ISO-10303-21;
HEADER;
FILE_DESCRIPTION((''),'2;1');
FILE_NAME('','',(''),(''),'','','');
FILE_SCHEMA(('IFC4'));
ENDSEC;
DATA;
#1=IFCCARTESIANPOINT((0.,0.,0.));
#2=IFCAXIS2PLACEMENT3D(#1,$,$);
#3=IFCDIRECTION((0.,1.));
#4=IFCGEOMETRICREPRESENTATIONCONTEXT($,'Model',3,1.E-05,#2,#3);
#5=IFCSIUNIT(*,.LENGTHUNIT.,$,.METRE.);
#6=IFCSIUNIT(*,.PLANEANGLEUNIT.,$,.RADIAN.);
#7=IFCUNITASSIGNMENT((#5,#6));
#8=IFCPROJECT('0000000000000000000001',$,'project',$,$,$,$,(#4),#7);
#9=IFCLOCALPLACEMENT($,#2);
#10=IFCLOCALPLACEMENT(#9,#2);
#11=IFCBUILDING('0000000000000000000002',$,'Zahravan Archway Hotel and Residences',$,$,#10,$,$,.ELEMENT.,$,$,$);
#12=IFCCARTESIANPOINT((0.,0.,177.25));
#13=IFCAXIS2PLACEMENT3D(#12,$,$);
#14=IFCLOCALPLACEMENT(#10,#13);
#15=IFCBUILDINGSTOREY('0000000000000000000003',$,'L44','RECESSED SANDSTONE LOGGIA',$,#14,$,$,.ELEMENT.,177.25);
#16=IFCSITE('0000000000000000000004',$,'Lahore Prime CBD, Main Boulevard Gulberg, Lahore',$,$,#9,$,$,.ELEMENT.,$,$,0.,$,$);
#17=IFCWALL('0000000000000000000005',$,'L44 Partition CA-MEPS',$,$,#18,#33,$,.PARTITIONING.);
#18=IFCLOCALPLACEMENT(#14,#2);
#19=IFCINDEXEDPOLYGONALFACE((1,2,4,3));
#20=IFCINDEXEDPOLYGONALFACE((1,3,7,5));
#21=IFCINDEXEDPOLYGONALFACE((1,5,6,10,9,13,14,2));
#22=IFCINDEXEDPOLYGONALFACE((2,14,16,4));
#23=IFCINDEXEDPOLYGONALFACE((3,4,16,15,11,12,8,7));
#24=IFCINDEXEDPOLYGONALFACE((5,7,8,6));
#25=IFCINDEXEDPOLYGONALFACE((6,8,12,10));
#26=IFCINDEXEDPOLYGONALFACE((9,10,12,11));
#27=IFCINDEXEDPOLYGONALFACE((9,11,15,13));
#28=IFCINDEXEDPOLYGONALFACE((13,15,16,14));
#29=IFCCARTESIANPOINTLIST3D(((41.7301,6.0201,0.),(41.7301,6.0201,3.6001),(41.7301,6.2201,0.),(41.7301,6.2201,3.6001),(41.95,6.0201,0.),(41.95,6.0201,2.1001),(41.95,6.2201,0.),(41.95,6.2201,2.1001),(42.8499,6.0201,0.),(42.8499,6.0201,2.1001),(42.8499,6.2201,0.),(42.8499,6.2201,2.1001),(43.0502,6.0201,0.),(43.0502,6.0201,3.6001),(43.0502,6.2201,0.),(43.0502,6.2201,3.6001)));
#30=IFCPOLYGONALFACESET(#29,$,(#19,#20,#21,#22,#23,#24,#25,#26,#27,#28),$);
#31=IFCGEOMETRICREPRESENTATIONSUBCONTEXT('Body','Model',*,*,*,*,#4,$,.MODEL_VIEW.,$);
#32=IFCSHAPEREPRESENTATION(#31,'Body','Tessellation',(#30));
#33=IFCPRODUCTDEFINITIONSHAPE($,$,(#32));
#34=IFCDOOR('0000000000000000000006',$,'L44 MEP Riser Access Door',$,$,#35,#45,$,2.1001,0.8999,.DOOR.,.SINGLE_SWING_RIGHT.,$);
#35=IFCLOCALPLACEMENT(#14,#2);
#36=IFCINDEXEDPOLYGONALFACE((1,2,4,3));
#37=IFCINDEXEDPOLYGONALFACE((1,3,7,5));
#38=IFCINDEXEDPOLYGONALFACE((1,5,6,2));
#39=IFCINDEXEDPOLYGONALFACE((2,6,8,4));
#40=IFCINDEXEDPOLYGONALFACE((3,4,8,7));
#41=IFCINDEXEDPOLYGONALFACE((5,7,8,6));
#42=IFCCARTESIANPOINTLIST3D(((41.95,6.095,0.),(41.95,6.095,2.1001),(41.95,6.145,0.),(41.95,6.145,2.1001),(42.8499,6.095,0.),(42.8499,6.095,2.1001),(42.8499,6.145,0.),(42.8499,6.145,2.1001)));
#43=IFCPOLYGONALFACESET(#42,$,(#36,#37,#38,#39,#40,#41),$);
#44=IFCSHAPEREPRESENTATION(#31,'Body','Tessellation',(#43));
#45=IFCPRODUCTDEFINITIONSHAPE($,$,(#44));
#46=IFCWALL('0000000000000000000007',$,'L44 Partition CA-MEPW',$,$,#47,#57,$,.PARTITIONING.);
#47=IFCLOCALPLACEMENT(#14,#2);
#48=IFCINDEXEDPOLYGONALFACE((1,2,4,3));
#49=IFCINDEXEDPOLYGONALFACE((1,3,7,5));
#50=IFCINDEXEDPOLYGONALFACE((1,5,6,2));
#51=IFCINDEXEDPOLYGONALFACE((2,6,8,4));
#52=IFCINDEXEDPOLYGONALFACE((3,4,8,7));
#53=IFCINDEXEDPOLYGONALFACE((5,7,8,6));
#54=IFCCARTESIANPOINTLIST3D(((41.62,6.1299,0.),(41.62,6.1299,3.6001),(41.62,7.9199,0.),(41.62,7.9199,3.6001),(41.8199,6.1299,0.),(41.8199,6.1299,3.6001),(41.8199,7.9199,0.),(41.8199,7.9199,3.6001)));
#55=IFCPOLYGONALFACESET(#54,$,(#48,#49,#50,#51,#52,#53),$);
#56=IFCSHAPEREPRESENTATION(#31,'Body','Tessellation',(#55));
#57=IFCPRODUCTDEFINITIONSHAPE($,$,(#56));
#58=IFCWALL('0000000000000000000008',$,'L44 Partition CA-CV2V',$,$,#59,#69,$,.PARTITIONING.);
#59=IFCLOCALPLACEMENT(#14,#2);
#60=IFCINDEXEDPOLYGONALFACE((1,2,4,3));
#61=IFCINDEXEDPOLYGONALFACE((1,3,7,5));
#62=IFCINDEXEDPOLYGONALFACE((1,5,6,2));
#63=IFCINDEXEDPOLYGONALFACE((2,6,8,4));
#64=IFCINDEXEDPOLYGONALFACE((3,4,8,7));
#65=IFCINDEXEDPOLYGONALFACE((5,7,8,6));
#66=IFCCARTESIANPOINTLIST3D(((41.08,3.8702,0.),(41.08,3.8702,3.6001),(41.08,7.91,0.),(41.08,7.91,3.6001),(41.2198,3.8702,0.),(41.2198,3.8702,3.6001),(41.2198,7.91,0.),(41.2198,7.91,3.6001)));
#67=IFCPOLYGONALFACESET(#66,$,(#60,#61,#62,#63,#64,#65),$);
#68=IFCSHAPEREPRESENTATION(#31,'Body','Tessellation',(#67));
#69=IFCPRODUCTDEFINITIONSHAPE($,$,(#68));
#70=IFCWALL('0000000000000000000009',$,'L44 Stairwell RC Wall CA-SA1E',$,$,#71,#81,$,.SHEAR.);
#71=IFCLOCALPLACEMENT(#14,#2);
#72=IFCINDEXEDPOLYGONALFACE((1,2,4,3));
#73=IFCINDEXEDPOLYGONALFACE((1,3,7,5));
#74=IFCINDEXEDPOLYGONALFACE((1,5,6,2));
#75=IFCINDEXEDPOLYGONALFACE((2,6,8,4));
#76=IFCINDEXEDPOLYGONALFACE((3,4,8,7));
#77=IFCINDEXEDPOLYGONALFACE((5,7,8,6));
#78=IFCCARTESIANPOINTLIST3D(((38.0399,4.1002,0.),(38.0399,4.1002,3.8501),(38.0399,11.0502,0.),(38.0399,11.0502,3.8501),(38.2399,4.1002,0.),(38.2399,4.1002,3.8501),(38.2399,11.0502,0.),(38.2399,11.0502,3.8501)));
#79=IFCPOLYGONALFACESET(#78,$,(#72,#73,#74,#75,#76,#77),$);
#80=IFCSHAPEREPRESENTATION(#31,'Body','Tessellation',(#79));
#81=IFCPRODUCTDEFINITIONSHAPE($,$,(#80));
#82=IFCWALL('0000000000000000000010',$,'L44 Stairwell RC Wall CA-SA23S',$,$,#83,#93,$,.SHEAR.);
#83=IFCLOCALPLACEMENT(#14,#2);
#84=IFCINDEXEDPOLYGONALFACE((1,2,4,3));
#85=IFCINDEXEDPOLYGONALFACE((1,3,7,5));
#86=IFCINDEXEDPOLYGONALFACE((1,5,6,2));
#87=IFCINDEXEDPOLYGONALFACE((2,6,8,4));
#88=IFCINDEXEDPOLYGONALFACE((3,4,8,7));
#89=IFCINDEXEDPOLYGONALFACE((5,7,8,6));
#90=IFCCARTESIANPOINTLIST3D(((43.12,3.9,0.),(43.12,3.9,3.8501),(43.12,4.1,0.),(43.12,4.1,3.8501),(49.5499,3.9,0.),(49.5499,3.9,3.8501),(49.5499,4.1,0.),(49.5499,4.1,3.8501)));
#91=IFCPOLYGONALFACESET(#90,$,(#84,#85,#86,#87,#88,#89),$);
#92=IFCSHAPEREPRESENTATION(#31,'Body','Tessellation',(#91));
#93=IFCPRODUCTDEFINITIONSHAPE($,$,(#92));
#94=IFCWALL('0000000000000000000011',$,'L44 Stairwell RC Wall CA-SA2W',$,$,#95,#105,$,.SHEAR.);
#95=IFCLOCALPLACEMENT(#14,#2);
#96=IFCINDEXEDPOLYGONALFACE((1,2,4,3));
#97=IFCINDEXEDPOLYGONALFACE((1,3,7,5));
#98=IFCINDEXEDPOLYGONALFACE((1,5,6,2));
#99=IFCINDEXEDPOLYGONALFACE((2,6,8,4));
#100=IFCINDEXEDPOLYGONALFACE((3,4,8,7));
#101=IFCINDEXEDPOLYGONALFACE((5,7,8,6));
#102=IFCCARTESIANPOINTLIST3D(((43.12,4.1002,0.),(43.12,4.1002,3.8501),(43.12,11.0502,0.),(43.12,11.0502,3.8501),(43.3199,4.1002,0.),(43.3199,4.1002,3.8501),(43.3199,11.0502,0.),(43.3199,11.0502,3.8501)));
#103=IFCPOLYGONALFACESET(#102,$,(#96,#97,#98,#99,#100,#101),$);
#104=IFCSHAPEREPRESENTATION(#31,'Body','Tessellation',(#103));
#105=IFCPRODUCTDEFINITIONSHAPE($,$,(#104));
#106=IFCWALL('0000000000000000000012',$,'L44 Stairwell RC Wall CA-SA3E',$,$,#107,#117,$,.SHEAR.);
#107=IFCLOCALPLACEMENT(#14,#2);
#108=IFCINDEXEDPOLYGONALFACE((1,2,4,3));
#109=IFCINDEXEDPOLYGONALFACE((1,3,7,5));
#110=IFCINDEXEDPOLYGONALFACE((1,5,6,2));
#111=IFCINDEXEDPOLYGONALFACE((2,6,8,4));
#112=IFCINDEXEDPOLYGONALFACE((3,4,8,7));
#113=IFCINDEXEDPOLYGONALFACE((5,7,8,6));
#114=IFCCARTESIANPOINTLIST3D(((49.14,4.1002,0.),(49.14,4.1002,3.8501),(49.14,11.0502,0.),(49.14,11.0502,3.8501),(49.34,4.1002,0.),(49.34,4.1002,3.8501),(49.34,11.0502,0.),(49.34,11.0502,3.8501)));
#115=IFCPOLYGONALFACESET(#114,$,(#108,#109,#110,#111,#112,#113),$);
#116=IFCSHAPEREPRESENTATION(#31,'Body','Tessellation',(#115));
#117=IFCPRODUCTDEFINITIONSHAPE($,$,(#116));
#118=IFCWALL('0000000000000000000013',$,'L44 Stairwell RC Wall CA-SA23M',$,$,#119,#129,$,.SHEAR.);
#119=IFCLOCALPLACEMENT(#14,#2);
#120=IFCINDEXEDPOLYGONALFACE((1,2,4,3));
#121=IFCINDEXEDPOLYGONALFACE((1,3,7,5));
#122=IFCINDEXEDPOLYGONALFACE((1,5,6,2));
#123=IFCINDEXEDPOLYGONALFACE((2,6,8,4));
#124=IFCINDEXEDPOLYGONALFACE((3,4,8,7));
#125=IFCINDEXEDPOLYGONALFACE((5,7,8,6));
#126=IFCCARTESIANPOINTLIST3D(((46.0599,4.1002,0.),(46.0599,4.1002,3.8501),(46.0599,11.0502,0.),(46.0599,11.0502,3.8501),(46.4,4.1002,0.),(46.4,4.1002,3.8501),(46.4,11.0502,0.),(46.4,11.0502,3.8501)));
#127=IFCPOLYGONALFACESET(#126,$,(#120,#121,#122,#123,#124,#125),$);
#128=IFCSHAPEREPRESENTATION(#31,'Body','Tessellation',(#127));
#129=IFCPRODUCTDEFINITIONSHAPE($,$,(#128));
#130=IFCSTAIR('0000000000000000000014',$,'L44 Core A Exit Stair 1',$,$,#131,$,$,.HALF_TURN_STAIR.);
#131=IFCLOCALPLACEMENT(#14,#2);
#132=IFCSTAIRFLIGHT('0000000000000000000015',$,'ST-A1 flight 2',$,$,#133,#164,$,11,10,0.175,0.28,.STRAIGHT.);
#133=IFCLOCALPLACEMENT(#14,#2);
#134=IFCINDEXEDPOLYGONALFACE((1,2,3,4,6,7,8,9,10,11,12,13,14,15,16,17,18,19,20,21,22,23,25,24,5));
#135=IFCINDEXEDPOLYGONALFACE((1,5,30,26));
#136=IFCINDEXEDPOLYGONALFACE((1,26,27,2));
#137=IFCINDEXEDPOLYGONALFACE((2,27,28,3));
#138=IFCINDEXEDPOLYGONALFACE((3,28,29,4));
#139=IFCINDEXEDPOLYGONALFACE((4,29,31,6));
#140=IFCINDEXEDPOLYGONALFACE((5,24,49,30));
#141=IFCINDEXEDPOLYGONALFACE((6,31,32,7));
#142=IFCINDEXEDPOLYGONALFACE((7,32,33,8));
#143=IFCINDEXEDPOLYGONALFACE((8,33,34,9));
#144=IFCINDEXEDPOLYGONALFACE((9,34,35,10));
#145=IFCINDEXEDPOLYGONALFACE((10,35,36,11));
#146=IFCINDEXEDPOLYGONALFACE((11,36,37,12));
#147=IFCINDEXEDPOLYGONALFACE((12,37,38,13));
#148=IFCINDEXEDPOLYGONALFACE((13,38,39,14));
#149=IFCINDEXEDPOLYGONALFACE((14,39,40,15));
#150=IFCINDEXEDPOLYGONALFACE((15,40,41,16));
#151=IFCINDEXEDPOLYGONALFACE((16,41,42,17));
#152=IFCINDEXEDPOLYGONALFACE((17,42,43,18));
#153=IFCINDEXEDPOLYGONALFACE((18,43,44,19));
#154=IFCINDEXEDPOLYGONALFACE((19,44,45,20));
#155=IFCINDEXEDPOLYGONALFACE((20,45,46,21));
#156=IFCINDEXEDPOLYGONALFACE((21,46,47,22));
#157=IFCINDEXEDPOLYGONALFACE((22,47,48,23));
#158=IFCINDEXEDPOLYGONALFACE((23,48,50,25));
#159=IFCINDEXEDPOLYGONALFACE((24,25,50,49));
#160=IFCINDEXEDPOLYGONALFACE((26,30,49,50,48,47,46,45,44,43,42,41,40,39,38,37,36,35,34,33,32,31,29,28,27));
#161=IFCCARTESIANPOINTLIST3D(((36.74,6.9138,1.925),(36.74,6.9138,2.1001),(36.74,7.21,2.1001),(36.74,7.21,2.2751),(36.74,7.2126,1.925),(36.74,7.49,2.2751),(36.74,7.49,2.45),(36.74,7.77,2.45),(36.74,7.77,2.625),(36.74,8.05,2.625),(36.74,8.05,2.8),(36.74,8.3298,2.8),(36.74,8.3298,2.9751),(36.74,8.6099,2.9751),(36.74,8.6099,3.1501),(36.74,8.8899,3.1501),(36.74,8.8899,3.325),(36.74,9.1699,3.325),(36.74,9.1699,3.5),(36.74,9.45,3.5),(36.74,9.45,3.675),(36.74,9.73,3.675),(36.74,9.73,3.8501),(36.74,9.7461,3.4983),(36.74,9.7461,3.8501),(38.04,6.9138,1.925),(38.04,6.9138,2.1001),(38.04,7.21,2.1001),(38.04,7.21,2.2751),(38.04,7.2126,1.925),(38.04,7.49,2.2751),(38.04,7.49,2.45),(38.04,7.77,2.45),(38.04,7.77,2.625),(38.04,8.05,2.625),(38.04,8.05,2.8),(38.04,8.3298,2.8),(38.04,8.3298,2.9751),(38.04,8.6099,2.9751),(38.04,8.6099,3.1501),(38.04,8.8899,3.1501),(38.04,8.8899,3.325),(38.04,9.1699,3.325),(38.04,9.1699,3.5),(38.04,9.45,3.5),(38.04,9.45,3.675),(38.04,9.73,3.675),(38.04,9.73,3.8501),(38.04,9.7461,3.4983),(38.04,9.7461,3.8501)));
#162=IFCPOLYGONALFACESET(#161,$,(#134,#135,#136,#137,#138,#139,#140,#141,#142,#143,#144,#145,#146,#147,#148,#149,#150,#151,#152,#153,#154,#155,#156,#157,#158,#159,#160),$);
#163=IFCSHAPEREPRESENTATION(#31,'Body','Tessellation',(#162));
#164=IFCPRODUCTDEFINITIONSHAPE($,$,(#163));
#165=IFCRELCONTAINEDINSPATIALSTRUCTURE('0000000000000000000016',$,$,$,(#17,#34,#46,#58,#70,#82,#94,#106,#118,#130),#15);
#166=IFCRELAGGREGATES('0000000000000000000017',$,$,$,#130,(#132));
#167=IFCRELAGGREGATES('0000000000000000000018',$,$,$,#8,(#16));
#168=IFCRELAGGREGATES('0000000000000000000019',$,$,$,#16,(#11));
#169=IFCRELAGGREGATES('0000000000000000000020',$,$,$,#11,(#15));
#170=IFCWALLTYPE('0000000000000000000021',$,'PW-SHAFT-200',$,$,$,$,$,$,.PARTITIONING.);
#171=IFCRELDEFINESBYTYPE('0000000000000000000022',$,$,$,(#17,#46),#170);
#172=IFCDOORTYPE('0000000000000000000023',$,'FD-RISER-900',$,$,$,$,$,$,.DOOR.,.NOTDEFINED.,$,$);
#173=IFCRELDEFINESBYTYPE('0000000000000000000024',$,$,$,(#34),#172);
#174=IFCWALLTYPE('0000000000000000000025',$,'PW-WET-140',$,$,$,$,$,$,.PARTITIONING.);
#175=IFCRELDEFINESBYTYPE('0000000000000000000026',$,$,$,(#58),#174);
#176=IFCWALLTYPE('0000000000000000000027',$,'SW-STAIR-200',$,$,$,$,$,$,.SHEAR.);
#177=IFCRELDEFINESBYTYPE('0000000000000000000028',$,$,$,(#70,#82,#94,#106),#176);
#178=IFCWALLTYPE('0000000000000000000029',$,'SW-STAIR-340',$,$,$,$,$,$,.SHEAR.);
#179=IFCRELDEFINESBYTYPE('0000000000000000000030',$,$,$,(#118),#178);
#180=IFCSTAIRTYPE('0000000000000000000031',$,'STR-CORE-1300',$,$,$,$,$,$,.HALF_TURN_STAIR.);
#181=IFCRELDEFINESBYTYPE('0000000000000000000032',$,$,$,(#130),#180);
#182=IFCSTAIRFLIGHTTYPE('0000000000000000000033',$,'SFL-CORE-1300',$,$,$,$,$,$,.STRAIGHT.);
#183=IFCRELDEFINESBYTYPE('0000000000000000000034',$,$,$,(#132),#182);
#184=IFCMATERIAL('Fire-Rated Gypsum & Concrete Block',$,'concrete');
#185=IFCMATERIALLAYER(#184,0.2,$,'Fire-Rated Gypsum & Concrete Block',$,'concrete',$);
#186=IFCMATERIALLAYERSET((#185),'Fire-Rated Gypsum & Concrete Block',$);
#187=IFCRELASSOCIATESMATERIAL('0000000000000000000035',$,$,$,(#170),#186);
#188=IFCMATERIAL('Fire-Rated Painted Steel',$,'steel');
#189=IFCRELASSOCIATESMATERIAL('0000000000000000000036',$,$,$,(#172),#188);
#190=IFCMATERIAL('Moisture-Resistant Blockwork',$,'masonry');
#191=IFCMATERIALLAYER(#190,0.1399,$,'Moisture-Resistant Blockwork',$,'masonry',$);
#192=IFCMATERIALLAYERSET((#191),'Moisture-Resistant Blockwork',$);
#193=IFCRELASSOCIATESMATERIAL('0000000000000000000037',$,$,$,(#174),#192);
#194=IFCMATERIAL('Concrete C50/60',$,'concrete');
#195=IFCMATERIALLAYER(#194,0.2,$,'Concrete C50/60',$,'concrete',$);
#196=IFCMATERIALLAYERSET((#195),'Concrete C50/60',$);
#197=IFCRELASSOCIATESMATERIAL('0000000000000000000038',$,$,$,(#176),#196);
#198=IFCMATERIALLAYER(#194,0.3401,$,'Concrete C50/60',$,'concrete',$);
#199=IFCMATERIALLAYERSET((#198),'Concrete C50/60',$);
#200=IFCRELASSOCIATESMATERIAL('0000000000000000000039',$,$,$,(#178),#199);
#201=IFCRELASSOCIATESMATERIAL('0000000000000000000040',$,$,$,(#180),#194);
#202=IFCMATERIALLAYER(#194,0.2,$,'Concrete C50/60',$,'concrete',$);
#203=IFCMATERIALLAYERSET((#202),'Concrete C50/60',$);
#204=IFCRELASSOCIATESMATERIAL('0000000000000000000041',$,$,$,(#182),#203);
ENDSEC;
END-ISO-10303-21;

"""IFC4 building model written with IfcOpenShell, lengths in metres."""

from ifc_helpers import new_model, si_unit, direction, frame, frame_2d, origin, place, context, subcontext, project, spatial, polyline, rectangle, outline, extrude, source, transform, mapped, material, layer, layer_set, type_object, type_shapes, element, fill, aggregate, save


model = new_model("IFC4")

# Units and contexts
model_context = context("Model", 3, precision=1e-05, world=origin(), true_north=direction((0.0, 1.0)))
body_context = subcontext(model_context, "Body", "Model", "MODEL_VIEW")
ifc_project = project(units=[si_unit("LENGTHUNIT", "METRE"), si_unit("PLANEANGLEUNIT", "RADIAN")], contexts=[model_context])

# Site, building, storey
site_placement = place(None, origin())
site = spatial("IfcSite", under=ifc_project, at=site_placement, Name="Lahore Prime CBD, Main Boulevard Gulberg, Lahore", CompositionType="ELEMENT", RefElevation=0.0)
building_placement = place(site_placement, origin())
building = spatial("IfcBuilding", under=site, at=building_placement, Name="Zahravan Archway Hotel and Residences", CompositionType="ELEMENT")
storey_placement = place(building_placement, frame((0.0, 0.0, 177.25)))
storey = spatial("IfcBuildingStorey", under=building, at=storey_placement, Name="L44", Description="RECESSED SANDSTONE LOGGIA", CompositionType="ELEMENT", Elevation=177.25)

# Shared definitions
ifc_material_1 = material(Name="Fire-Rated Gypsum & Concrete Block", Category="concrete")
ifc_layer_1 = layer(ifc_material_1, 0.2, Name="Fire-Rated Gypsum & Concrete Block", Category="concrete")
ifc_layer_set_1 = layer_set([ifc_layer_1], Name="Fire-Rated Gypsum & Concrete Block")
wall_type_1 = type_object("IfcWallType", Name="PW-SHAFT-200", PredefinedType="PARTITIONING", material=ifc_layer_set_1)
ifc_material_2 = material(Name="Fire-Rated Painted Steel", Category="steel")
door_type = type_object("IfcDoorType", Name="FD-RISER-900", OperationType="NOTDEFINED", PredefinedType="DOOR", material=ifc_material_2)
shared_shape_1 = source(origin(), body_context, "Body", "SweptSolid", [
    extrude(rectangle(XDim=0.8999, YDim=2.1001, at=frame_2d((0.45, 1.05))), frame((0.0, 0.0249, 0.0), z_axis=(0.0, -1.0, 0.0), x_axis=(1.0, 0.0, 0.0)), (0.0, 0.0, 1.0), 0.05),
])
type_shapes(door_type, [shared_shape_1])

# Wall, opening, door
wall_1_placement = place(storey_placement, frame((41.73, 6.1201, 0.0), z_axis=(0.0, 0.0, 1.0), x_axis=(1.0, 0.0, 0.0)))
wall_1 = element("IfcWall", 1, at=wall_1_placement, inside=storey, type_object=wall_type_1, Name="L44 Partition CA-MEPS", PredefinedType="PARTITIONING", context=body_context, shape_type="SweptSolid", body=[
    extrude(rectangle(XDim=1.3201, YDim=0.2, at=frame_2d((0.6602, 0.0))), origin(), (0.0, 0.0, 1.0), 3.6001),
])
opening_1_placement = place(wall_1_placement, frame((0.22, 0.0, 0.0)))
opening_1 = element("IfcOpeningElement", 2, at=opening_1_placement, cuts=wall_1, PredefinedType="OPENING", context=body_context, shape_type="SweptSolid", body=[
    extrude(rectangle(XDim=0.8999, YDim=2.1001, at=frame_2d((0.45, 1.05))), frame((0.0, 0.1099, 0.0), z_axis=(0.0, -1.0, 0.0), x_axis=(1.0, 0.0, 0.0)), (0.0, 0.0, 1.0), 0.22),
])
door_1_placement = place(opening_1_placement, origin())
door_1 = element("IfcDoor", 3, at=door_1_placement, inside=storey, type_object=door_type, Name="L44 MEP Riser Access Door", OperationType="SINGLE_SWING_RIGHT", OverallHeight=2.1001, OverallWidth=0.8999, PredefinedType="DOOR", context=body_context, shape_type="MappedRepresentation", body=[
    mapped(shared_shape_1, transform((0.0, 0.0, 0.0), scale=1.0)),
])
fill(opening_1, door_1)

# Walls
wall_2_placement = place(storey_placement, frame((41.72, 6.1299, 0.0), z_axis=(0.0, 0.0, 1.0), x_axis=(0.0, 1.0, 0.0)))
element("IfcWall", 4, at=wall_2_placement, inside=storey, type_object=wall_type_1, Name="L44 Partition CA-MEPW", PredefinedType="PARTITIONING", context=body_context, shape_type="SweptSolid", body=[
    extrude(rectangle(XDim=1.79, YDim=0.2, at=frame_2d((0.895, 0.0))), origin(), (0.0, 0.0, 1.0), 3.6001),
])
ifc_material_3 = material(Name="Moisture-Resistant Blockwork", Category="masonry")
ifc_layer_2 = layer(ifc_material_3, 0.1399, Name="Moisture-Resistant Blockwork", Category="masonry")
ifc_layer_set_2 = layer_set([ifc_layer_2], Name="Moisture-Resistant Blockwork")
wall_type_2 = type_object("IfcWallType", Name="PW-WET-140", PredefinedType="PARTITIONING", material=ifc_layer_set_2)
wall_3_placement = place(storey_placement, frame((41.1499, 3.8701, 0.0), z_axis=(0.0, 0.0, 1.0), x_axis=(0.0, 1.0, 0.0)))
element("IfcWall", 5, at=wall_3_placement, inside=storey, type_object=wall_type_2, Name="L44 Partition CA-CV2V", PredefinedType="PARTITIONING", context=body_context, shape_type="SweptSolid", body=[
    extrude(rectangle(XDim=4.0398, YDim=0.1399, at=frame_2d((2.02, 0.0))), origin(), (0.0, 0.0, 1.0), 3.6001),
])
ifc_material_4 = material(Name="Concrete C50/60", Category="concrete")
ifc_layer_3 = layer(ifc_material_4, 0.2, Name="Concrete C50/60", Category="concrete")
ifc_layer_set_3 = layer_set([ifc_layer_3], Name="Concrete C50/60")
wall_type_3 = type_object("IfcWallType", Name="SW-STAIR-200", PredefinedType="SHEAR", material=ifc_layer_set_3)
wall_4_placement = place(storey_placement, frame((38.1399, 4.1001, 0.0), z_axis=(0.0, 0.0, 1.0), x_axis=(0.0, 1.0, 0.0)))
element("IfcWall", 6, at=wall_4_placement, inside=storey, type_object=wall_type_3, Name="L44 Stairwell RC Wall CA-SA1E", PredefinedType="SHEAR", context=body_context, shape_type="SweptSolid", body=[
    extrude(rectangle(XDim=6.95, YDim=0.2, at=frame_2d((3.4751, 0.0))), origin(), (0.0, 0.0, 1.0), 3.8501),
])
wall_5_placement = place(storey_placement, frame((43.1201, 4.0, 0.0), z_axis=(0.0, 0.0, 1.0), x_axis=(1.0, 0.0, 0.0)))
element("IfcWall", 7, at=wall_5_placement, inside=storey, type_object=wall_type_3, Name="L44 Stairwell RC Wall CA-SA23S", PredefinedType="SHEAR", context=body_context, shape_type="SweptSolid", body=[
    extrude(rectangle(XDim=6.4299, YDim=0.2, at=frame_2d((3.2148, 0.0))), origin(), (0.0, 0.0, 1.0), 3.8501),
])
for number, where, z_axis, x_axis, name in (
    (8, (43.22, 4.1001, 0.0), (0.0, 0.0, 1.0), (0.0, 1.0, 0.0), "L44 Stairwell RC Wall CA-SA2W"),
    (9, (49.24, 4.1001, 0.0), (0.0, 0.0, 1.0), (0.0, 1.0, 0.0), "L44 Stairwell RC Wall CA-SA3E"),
):
    element("IfcWall", number, at=place(storey_placement, frame(where, z_axis=z_axis, x_axis=x_axis)), inside=storey, type_object=wall_type_3, Name=name, PredefinedType="SHEAR", context=body_context, shape_type="SweptSolid", body=[
        extrude(rectangle(XDim=6.95, YDim=0.2, at=frame_2d((3.4751, 0.0))), origin(), (0.0, 0.0, 1.0), 3.8501),
    ])
ifc_layer_4 = layer(ifc_material_4, 0.3401, Name="Concrete C50/60", Category="concrete")
ifc_layer_set_4 = layer_set([ifc_layer_4], Name="Concrete C50/60")
wall_type_4 = type_object("IfcWallType", Name="SW-STAIR-340", PredefinedType="SHEAR", material=ifc_layer_set_4)
wall_6_placement = place(storey_placement, frame((46.23, 4.1001, 0.0), z_axis=(0.0, 0.0, 1.0), x_axis=(0.0, 1.0, 0.0)))
element("IfcWall", 10, at=wall_6_placement, inside=storey, type_object=wall_type_4, Name="L44 Stairwell RC Wall CA-SA23M", PredefinedType="SHEAR", context=body_context, shape_type="SweptSolid", body=[
    extrude(rectangle(XDim=6.95, YDim=0.3401, at=frame_2d((3.4751, 0.0))), origin(), (0.0, 0.0, 1.0), 3.8501),
])

# Stair, stair flight
stair_type = type_object("IfcStairType", Name="STR-CORE-1300", PredefinedType="HALF_TURN_STAIR", material=ifc_material_4)
stair_1_placement = place(storey_placement, origin())
stair_1 = element("IfcStair", 11, at=stair_1_placement, inside=storey, type_object=stair_type, Name="L44 Core A Exit Stair 1", PredefinedType="HALF_TURN_STAIR")
ifc_layer_5 = layer(ifc_material_4, 0.2, Name="Concrete C50/60", Category="concrete")
ifc_layer_set_5 = layer_set([ifc_layer_5], Name="Concrete C50/60")
stair_flight_type = type_object("IfcStairFlightType", Name="SFL-CORE-1300", PredefinedType="STRAIGHT", material=ifc_layer_set_5)
shared_shape_2 = source(origin(), body_context, "Body", "SweptSolid", [
    extrude(outline(polyline([(-0.0161, 0.0), (-0.0161, 0.175), (0.28, 0.175), (0.28, 0.3501), (0.5601, 0.3501), (0.5601, 0.5249), (0.8401, 0.5249), (0.8401, 0.7), (1.1201, 0.7), (1.1201, 0.875), (1.3999, 0.875), (1.3999, 1.05), (1.6799, 1.05), (1.6799, 1.2251), (1.96, 1.2251), (1.96, 1.3999), (2.24, 1.3999), (2.24, 1.575), (2.52, 1.575), (2.52, 1.75), (2.8, 1.75), (2.8, 1.925), (2.8162, 1.925), (2.8162, 1.5732), (0.2827, 0.0), (-0.0161, 0.0)])), frame((0.0, 0.6499, 0.0), z_axis=(0.0, -1.0, 0.0), x_axis=(1.0, 0.0, 0.0)), (0.0, 0.0, 1.0), 1.3),
])
stair_flight_1_placement = place(storey_placement, frame((37.3899, 6.9299, 1.925), z_axis=(0.0, 0.0, 1.0), x_axis=(0.0, 1.0, 0.0)))
stair_flight_1 = element("IfcStairFlight", 12, at=stair_flight_1_placement, type_object=stair_flight_type, Name="ST-A1 flight 2", NumberOfRisers=11, NumberOfTreads=10, PredefinedType="STRAIGHT", RiserHeight=0.175, TreadLength=0.28, context=body_context, shape_type="MappedRepresentation", body=[
    mapped(shared_shape_2, transform((0.0, 0.0, 0.0), scale=1.0)),
])
aggregate(stair_1, [stair_flight_1])

save(model, "model.ifc")
